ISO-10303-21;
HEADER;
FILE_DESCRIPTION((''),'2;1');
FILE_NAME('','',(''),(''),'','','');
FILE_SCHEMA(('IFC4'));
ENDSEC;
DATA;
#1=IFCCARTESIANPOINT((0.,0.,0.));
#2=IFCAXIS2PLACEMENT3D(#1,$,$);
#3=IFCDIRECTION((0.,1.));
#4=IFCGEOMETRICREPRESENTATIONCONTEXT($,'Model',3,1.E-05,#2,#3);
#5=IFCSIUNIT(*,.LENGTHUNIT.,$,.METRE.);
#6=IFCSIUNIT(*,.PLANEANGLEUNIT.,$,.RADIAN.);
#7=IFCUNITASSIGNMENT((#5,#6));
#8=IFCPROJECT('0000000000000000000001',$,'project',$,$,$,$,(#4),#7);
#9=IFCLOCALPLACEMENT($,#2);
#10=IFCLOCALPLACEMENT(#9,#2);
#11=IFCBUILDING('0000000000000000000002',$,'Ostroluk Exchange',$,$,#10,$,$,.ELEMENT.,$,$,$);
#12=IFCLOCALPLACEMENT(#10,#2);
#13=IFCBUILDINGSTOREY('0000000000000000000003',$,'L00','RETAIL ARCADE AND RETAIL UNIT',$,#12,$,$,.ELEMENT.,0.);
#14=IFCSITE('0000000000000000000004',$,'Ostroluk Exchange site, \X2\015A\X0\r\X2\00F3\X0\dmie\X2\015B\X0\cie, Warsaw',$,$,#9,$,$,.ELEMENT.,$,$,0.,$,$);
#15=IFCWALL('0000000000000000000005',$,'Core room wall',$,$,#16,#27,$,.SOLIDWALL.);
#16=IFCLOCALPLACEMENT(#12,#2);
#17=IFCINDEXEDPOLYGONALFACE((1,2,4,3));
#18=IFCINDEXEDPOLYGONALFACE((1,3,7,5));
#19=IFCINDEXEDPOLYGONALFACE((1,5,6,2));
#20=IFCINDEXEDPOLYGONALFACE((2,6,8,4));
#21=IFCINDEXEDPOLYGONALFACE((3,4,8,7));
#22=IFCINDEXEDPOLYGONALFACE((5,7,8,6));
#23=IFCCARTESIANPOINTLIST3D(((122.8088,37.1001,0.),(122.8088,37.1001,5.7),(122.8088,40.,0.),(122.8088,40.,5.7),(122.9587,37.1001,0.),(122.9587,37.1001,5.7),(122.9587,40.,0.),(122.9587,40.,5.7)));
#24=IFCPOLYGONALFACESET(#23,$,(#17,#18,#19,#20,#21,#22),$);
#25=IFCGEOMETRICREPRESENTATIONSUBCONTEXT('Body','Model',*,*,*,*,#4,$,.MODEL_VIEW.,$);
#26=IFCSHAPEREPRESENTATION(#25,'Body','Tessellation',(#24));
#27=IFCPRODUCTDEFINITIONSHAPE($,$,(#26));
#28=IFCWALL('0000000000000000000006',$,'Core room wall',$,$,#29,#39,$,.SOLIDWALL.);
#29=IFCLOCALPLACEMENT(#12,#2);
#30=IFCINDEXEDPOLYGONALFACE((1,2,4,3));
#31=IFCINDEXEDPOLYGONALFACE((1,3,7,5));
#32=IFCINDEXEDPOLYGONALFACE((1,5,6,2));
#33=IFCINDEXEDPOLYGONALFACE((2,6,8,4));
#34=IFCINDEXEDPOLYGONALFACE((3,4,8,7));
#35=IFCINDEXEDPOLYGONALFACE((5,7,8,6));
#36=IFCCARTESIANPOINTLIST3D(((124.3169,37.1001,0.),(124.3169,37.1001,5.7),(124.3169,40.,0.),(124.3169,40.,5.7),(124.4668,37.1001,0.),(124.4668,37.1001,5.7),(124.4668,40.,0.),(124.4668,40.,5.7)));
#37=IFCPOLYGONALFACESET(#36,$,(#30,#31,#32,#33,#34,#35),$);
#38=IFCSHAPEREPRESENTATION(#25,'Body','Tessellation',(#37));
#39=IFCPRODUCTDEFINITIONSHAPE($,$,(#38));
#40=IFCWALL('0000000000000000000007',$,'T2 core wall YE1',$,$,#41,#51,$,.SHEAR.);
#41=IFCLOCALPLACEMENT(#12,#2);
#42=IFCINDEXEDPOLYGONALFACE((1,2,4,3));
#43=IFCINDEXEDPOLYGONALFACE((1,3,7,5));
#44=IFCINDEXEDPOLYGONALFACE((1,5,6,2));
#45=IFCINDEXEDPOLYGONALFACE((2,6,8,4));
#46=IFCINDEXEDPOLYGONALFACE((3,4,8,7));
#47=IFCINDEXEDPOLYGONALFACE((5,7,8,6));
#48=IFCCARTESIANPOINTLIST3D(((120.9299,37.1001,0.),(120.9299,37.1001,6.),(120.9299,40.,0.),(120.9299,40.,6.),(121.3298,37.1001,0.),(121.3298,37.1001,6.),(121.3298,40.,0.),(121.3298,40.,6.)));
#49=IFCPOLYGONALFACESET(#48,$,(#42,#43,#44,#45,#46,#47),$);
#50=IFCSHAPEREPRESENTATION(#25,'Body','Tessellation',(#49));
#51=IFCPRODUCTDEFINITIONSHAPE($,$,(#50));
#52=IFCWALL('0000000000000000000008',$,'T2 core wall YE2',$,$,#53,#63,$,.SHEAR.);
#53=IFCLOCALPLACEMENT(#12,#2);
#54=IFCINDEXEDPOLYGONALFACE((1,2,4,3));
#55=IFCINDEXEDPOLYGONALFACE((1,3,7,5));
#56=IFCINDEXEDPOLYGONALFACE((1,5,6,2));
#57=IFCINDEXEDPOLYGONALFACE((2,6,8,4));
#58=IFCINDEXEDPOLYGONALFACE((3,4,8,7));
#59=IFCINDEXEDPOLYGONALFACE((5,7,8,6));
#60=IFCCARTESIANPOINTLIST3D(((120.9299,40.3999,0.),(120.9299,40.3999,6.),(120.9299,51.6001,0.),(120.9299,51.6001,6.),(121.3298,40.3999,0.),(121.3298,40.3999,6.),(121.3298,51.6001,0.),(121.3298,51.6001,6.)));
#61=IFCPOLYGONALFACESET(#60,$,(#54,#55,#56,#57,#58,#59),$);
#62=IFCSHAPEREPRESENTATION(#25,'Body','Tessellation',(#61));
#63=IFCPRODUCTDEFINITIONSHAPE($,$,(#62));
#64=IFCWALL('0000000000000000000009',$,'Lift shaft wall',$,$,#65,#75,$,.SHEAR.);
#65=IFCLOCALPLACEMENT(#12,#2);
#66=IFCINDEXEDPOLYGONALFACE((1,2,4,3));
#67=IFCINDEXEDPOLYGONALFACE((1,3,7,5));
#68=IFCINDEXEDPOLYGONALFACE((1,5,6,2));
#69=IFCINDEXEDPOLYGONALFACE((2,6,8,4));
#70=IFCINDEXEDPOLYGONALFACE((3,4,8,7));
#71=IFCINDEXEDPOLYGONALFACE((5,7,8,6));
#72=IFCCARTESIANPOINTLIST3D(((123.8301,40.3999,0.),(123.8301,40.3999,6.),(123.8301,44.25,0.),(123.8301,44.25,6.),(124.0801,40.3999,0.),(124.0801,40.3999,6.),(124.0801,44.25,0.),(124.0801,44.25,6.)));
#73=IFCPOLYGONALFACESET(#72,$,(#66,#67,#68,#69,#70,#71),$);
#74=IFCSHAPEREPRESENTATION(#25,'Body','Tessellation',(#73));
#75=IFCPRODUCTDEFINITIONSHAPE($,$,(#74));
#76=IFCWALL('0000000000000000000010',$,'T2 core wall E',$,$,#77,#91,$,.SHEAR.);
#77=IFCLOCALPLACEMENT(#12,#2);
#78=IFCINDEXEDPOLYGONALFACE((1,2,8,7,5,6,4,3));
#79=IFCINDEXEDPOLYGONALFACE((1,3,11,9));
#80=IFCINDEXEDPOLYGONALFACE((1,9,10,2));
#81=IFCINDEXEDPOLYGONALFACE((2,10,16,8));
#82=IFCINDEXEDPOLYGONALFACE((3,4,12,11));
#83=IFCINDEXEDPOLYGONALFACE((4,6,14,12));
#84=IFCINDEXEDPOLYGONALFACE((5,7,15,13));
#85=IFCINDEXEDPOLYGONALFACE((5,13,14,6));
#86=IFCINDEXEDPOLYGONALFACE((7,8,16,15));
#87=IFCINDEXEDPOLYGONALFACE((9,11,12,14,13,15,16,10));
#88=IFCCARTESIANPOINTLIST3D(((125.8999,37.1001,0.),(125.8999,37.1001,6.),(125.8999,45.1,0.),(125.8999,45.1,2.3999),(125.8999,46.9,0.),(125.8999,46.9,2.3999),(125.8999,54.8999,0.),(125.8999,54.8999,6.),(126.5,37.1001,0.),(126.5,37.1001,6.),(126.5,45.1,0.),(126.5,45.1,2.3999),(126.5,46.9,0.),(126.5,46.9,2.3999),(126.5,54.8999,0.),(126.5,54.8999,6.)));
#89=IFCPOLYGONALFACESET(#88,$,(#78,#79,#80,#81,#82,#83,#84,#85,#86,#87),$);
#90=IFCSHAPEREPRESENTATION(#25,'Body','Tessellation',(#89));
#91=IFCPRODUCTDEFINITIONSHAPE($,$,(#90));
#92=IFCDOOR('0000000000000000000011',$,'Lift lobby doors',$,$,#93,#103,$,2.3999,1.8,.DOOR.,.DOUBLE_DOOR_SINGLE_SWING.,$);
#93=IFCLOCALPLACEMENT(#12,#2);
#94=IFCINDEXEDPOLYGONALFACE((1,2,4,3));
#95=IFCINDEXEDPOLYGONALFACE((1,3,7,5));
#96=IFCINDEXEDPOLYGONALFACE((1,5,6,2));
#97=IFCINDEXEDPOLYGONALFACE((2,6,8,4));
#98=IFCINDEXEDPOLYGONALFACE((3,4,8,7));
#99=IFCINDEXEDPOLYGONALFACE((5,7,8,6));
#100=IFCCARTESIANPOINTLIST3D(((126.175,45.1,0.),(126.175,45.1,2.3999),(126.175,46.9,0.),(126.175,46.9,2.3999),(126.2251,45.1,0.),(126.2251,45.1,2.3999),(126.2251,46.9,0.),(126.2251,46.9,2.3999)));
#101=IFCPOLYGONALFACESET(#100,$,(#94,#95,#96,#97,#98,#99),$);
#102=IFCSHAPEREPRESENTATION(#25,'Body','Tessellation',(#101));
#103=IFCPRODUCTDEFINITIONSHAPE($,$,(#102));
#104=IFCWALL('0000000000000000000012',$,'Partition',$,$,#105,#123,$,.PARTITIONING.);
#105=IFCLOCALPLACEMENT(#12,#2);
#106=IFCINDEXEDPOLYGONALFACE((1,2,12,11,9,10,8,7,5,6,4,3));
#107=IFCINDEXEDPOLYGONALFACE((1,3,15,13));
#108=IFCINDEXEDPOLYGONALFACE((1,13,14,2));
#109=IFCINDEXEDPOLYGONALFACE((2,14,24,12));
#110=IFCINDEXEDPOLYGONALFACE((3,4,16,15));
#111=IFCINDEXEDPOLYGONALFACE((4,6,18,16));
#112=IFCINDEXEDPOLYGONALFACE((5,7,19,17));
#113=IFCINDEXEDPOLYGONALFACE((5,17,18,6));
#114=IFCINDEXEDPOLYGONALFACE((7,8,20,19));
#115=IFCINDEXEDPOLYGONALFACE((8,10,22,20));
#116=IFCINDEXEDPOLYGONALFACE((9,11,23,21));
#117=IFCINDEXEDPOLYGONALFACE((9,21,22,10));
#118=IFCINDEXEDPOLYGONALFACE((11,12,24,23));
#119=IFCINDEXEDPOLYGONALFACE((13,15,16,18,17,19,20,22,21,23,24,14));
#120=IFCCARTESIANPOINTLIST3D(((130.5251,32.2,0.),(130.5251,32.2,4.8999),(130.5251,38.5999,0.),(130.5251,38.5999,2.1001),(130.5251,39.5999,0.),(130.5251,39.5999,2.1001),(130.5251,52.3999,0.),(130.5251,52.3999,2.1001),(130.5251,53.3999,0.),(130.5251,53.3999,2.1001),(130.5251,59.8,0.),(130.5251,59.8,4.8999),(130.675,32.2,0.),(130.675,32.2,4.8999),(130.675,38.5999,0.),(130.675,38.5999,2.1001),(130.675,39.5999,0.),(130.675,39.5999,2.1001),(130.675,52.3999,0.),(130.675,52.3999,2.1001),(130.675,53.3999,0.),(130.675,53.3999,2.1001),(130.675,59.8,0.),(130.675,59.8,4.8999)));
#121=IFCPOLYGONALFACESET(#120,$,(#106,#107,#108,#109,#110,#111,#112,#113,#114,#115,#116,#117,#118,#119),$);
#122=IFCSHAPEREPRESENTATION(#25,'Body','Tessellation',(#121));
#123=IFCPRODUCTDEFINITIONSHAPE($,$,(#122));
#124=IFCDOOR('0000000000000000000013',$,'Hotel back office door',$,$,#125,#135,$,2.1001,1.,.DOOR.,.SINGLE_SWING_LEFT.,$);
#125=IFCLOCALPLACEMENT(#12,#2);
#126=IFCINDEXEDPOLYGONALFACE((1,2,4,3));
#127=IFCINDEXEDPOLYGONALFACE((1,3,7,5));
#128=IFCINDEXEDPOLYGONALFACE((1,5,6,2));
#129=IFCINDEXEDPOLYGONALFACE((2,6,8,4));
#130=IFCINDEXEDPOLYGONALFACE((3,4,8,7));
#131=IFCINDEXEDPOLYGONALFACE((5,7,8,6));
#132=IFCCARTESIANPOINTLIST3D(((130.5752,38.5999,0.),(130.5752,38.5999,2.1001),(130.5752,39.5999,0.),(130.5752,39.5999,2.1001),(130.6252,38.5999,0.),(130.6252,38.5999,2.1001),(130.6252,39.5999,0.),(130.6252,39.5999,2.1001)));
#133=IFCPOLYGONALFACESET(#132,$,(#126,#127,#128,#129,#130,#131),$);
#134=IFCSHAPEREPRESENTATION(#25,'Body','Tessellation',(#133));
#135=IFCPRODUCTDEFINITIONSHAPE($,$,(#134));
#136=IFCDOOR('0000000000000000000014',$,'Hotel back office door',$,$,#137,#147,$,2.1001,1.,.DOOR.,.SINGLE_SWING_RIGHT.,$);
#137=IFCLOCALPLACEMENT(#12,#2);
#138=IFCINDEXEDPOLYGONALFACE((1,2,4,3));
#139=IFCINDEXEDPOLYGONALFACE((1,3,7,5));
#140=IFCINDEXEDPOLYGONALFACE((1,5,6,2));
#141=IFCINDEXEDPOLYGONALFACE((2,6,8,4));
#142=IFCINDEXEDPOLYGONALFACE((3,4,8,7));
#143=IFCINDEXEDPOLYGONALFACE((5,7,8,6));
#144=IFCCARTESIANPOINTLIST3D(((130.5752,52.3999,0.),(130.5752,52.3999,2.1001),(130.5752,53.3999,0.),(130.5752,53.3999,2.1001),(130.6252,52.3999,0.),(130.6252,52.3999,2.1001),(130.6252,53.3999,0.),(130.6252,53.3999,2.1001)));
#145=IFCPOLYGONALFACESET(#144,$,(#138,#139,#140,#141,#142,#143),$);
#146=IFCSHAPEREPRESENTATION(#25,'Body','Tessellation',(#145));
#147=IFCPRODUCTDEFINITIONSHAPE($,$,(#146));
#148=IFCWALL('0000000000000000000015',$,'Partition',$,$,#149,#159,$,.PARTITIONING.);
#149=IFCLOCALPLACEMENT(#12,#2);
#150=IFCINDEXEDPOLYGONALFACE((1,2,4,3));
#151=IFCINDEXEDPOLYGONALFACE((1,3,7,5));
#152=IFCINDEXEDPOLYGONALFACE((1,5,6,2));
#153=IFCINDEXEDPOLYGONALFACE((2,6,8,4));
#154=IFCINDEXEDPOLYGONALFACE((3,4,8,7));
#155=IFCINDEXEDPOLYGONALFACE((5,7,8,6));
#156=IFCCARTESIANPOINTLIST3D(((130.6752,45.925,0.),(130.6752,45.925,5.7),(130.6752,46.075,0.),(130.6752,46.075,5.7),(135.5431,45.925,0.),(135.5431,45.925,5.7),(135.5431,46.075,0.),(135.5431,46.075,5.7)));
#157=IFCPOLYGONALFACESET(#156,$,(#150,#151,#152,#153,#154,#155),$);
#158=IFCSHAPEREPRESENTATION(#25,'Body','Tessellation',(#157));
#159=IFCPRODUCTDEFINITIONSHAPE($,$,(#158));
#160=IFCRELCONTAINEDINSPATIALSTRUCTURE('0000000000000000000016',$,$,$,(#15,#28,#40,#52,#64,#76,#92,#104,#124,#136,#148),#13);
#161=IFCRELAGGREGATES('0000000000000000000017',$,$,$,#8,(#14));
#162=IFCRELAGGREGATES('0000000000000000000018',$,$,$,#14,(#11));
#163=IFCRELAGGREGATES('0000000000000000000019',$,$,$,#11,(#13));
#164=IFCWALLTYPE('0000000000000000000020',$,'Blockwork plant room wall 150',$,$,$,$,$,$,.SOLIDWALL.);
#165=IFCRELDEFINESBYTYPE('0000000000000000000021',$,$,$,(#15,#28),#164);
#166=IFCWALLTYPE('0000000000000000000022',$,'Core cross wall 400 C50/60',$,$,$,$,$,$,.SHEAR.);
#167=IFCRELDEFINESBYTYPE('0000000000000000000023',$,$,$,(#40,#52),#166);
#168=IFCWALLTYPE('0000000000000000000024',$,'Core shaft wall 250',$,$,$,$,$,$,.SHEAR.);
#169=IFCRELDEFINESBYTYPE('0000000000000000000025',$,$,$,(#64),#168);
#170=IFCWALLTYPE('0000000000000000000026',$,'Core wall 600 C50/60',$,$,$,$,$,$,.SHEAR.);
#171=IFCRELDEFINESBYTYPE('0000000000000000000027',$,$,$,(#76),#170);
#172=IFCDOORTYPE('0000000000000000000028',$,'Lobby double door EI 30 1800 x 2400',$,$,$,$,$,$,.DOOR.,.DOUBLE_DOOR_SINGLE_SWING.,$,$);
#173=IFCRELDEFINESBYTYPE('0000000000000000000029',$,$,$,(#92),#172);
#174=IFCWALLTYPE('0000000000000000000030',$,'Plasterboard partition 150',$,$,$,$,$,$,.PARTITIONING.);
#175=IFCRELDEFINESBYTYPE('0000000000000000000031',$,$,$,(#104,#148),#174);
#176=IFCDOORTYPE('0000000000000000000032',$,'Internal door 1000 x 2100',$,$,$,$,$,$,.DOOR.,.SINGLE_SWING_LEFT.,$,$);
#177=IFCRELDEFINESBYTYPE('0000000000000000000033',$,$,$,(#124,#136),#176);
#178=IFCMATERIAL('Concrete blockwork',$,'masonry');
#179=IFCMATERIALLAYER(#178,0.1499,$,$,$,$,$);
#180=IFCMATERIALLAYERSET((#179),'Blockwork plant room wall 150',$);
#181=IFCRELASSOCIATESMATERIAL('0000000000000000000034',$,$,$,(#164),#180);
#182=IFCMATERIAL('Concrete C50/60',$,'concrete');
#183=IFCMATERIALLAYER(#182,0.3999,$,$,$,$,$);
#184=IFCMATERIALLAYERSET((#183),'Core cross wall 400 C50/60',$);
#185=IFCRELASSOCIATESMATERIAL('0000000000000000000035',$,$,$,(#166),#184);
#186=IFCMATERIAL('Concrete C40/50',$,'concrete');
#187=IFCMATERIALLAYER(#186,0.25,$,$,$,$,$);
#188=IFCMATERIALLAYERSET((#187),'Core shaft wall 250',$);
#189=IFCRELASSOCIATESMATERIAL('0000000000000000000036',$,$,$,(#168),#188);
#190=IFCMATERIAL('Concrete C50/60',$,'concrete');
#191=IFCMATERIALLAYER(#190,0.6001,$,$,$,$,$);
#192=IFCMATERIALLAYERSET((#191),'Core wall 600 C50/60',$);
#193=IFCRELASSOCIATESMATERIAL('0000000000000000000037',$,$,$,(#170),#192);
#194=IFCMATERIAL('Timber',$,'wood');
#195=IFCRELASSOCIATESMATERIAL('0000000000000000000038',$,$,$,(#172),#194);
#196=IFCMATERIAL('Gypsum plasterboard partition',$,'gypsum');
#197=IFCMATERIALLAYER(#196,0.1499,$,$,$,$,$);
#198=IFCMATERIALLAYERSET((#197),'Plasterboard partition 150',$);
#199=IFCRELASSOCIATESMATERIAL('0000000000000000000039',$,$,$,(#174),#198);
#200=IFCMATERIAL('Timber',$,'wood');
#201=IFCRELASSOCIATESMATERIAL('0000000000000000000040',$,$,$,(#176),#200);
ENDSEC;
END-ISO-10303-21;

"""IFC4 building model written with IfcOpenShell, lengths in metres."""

from ifc_helpers import new_model, si_unit, direction, frame, frame_2d, origin, place, context, subcontext, project, spatial, rectangle, extrude, material, layer, layer_set, type_object, element, fill, save


model = new_model("IFC4")

# Units and contexts
model_context = context("Model", 3, precision=1e-05, world=origin(), true_north=direction((0.0, 1.0)))
body_context = subcontext(model_context, "Body", "Model", "MODEL_VIEW")
ifc_project = project(units=[si_unit("LENGTHUNIT", "METRE"), si_unit("PLANEANGLEUNIT", "RADIAN")], contexts=[model_context])

# Site, building, storey
site_placement = place(None, origin())
site = spatial("IfcSite", under=ifc_project, at=site_placement, Name="Ostroluk Exchange site, Śródmieście, Warsaw", CompositionType="ELEMENT", RefElevation=0.0)
building_placement = place(site_placement, origin())
building = spatial("IfcBuilding", under=site, at=building_placement, Name="Ostroluk Exchange", CompositionType="ELEMENT")
storey_placement = place(building_placement, origin())
storey = spatial("IfcBuildingStorey", under=building, at=storey_placement, Name="L00", Description="RETAIL ARCADE AND RETAIL UNIT", CompositionType="ELEMENT", Elevation=0.0)

# Walls
ifc_material_1 = material(Name="Concrete blockwork", Category="masonry")
ifc_layer_1 = layer(ifc_material_1, 0.1499)
ifc_layer_set_1 = layer_set([ifc_layer_1], Name="Blockwork plant room wall 150")
wall_type_1 = type_object("IfcWallType", Name="Blockwork plant room wall 150", PredefinedType="SOLIDWALL", material=ifc_layer_set_1)
for number, where, z_axis, x_axis, name in (
    (1, (122.8838, 37.1001, 0.0), (0.0, 0.0, 1.0), (0.0, 1.0, 0.0), "Core room wall"),
    (2, (124.3918, 37.1001, 0.0), (0.0, 0.0, 1.0), (0.0, 1.0, 0.0), "Core room wall"),
):
    element("IfcWall", number, at=place(storey_placement, frame(where, z_axis=z_axis, x_axis=x_axis)), inside=storey, type_object=wall_type_1, Name=name, PredefinedType="SOLIDWALL", context=body_context, shape_type="SweptSolid", body=[
        extrude(rectangle(XDim=2.8999, YDim=0.1499, at=frame_2d((1.45, 0.0))), origin(), (0.0, 0.0, 1.0), 5.7),
    ])
ifc_material_2 = material(Name="Concrete C50/60", Category="concrete")
ifc_layer_2 = layer(ifc_material_2, 0.3999)
ifc_layer_set_2 = layer_set([ifc_layer_2], Name="Core cross wall 400 C50/60")
wall_type_2 = type_object("IfcWallType", Name="Core cross wall 400 C50/60", PredefinedType="SHEAR", material=ifc_layer_set_2)
wall_1_placement = place(storey_placement, frame((121.1299, 37.1001, 0.0), z_axis=(0.0, 0.0, 1.0), x_axis=(0.0, 1.0, 0.0)))
element("IfcWall", 3, at=wall_1_placement, inside=storey, type_object=wall_type_2, Name="T2 core wall YE1", PredefinedType="SHEAR", context=body_context, shape_type="SweptSolid", body=[
    extrude(rectangle(XDim=2.8999, YDim=0.3999, at=frame_2d((1.45, 0.0))), origin(), (0.0, 0.0, 1.0), 6.0),
])
wall_2_placement = place(storey_placement, frame((121.1299, 40.3999, 0.0), z_axis=(0.0, 0.0, 1.0), x_axis=(0.0, 1.0, 0.0)))
element("IfcWall", 4, at=wall_2_placement, inside=storey, type_object=wall_type_2, Name="T2 core wall YE2", PredefinedType="SHEAR", context=body_context, shape_type="SweptSolid", body=[
    extrude(rectangle(XDim=11.2002, YDim=0.3999, at=frame_2d((5.6001, 0.0))), origin(), (0.0, 0.0, 1.0), 6.0),
])
ifc_material_3 = material(Name="Concrete C40/50", Category="concrete")
ifc_layer_3 = layer(ifc_material_3, 0.25)
ifc_layer_set_3 = layer_set([ifc_layer_3], Name="Core shaft wall 250")
wall_type_3 = type_object("IfcWallType", Name="Core shaft wall 250", PredefinedType="SHEAR", material=ifc_layer_set_3)
wall_3_placement = place(storey_placement, frame((123.9551, 44.25, 0.0), z_axis=(0.0, 0.0, 1.0), x_axis=(0.0, -1.0, 0.0)))
element("IfcWall", 5, at=wall_3_placement, inside=storey, type_object=wall_type_3, Name="Lift shaft wall", PredefinedType="SHEAR", context=body_context, shape_type="SweptSolid", body=[
    extrude(rectangle(XDim=3.8501, YDim=0.25, at=frame_2d((1.925, 0.0))), origin(), (0.0, 0.0, 1.0), 6.0),
])

# Wall, opening, door
ifc_material_4 = material(Name="Concrete C50/60", Category="concrete")
ifc_layer_4 = layer(ifc_material_4, 0.6001)
ifc_layer_set_4 = layer_set([ifc_layer_4], Name="Core wall 600 C50/60")
wall_type_4 = type_object("IfcWallType", Name="Core wall 600 C50/60", PredefinedType="SHEAR", material=ifc_layer_set_4)
wall_4_placement = place(storey_placement, frame((126.2, 37.1001, 0.0), z_axis=(0.0, 0.0, 1.0), x_axis=(0.0, 1.0, 0.0)))
wall_4 = element("IfcWall", 6, at=wall_4_placement, inside=storey, type_object=wall_type_4, Name="T2 core wall E", PredefinedType="SHEAR", context=body_context, shape_type="SweptSolid", body=[
    extrude(rectangle(XDim=17.7998, YDim=0.6001, at=frame_2d((8.8999, 0.0))), origin(), (0.0, 0.0, 1.0), 6.0),
])
opening_1_placement = place(wall_4_placement, frame((8.0, 0.0, 0.0)))
opening_1 = element("IfcOpeningElement", 7, at=opening_1_placement, cuts=wall_4, PredefinedType="OPENING", context=body_context, shape_type="SweptSolid", body=[
    extrude(rectangle(XDim=1.8, YDim=2.3999, at=frame_2d((0.8999, 1.2))), frame((0.0, 0.3101, 0.0), z_axis=(0.0, -1.0, 0.0), x_axis=(1.0, 0.0, 0.0)), (0.0, 0.0, 1.0), 0.6201),
])
ifc_material_5 = material(Name="Timber", Category="wood")
door_type_1 = type_object("IfcDoorType", Name="Lobby double door EI 30 1800 x 2400", OperationType="DOUBLE_DOOR_SINGLE_SWING", PredefinedType="DOOR", material=ifc_material_5)
door_1_placement = place(opening_1_placement, origin())
door_1 = element("IfcDoor", 8, at=door_1_placement, inside=storey, type_object=door_type_1, Name="Lift lobby doors", OperationType="DOUBLE_DOOR_SINGLE_SWING", OverallHeight=2.3999, OverallWidth=1.8, PredefinedType="DOOR", context=body_context, shape_type="SweptSolid", body=[
    extrude(rectangle(XDim=1.8, YDim=2.3999, at=frame_2d((0.8999, 1.2))), frame((0.0, 0.0249, 0.0), z_axis=(0.0, -1.0, 0.0), x_axis=(1.0, 0.0, 0.0)), (0.0, 0.0, 1.0), 0.05),
])
fill(opening_1, door_1)

# Wall, openings, doors
ifc_material_6 = material(Name="Gypsum plasterboard partition", Category="gypsum")
ifc_layer_5 = layer(ifc_material_6, 0.1499)
ifc_layer_set_5 = layer_set([ifc_layer_5], Name="Plasterboard partition 150")
wall_type_5 = type_object("IfcWallType", Name="Plasterboard partition 150", PredefinedType="PARTITIONING", material=ifc_layer_set_5)
wall_5_placement = place(storey_placement, frame((130.6001, 32.2, 0.0), z_axis=(0.0, 0.0, 1.0), x_axis=(0.0, 1.0, 0.0)))
wall_5 = element("IfcWall", 9, at=wall_5_placement, inside=storey, type_object=wall_type_5, Name="Partition", PredefinedType="PARTITIONING", context=body_context, shape_type="SweptSolid", body=[
    extrude(rectangle(XDim=27.6001, YDim=0.1499, at=frame_2d((13.8, 0.0))), origin(), (0.0, 0.0, 1.0), 4.8999),
])
opening_2_placement = place(wall_5_placement, frame((6.3999, 0.0, 0.0)))
opening_2 = element("IfcOpeningElement", 10, at=opening_2_placement, cuts=wall_5, PredefinedType="OPENING", context=body_context, shape_type="SweptSolid", body=[
    extrude(rectangle(XDim=1.0, YDim=2.1001, at=frame_2d((0.5, 1.05))), frame((0.0, 0.085, 0.0), z_axis=(0.0, -1.0, 0.0), x_axis=(1.0, 0.0, 0.0)), (0.0, 0.0, 1.0), 0.1699),
])
opening_3_placement = place(wall_5_placement, frame((20.2, 0.0, 0.0)))
opening_3 = element("IfcOpeningElement", 11, at=opening_3_placement, cuts=wall_5, PredefinedType="OPENING", context=body_context, shape_type="SweptSolid", body=[
    extrude(rectangle(XDim=1.0, YDim=2.1001, at=frame_2d((0.5, 1.05))), frame((0.0, 0.085, 0.0), z_axis=(0.0, -1.0, 0.0), x_axis=(1.0, 0.0, 0.0)), (0.0, 0.0, 1.0), 0.1699),
])
ifc_material_7 = material(Name="Timber", Category="wood")
door_type_2 = type_object("IfcDoorType", Name="Internal door 1000 x 2100", OperationType="SINGLE_SWING_LEFT", PredefinedType="DOOR", material=ifc_material_7)
door_2_placement = place(opening_2_placement, origin())
door_2 = element("IfcDoor", 12, at=door_2_placement, inside=storey, type_object=door_type_2, Name="Hotel back office door", OperationType="SINGLE_SWING_LEFT", OverallHeight=2.1001, OverallWidth=1.0, PredefinedType="DOOR", context=body_context, shape_type="SweptSolid", body=[
    extrude(rectangle(XDim=1.0, YDim=2.1001, at=frame_2d((0.5, 1.05))), frame((0.0, 0.0249, 0.0), z_axis=(0.0, -1.0, 0.0), x_axis=(1.0, 0.0, 0.0)), (0.0, 0.0, 1.0), 0.05),
])
fill(opening_2, door_2)
door_3_placement = place(opening_3_placement, origin())
door_3 = element("IfcDoor", 13, at=door_3_placement, inside=storey, type_object=door_type_2, Name="Hotel back office door", OperationType="SINGLE_SWING_RIGHT", OverallHeight=2.1001, OverallWidth=1.0, PredefinedType="DOOR", context=body_context, shape_type="SweptSolid", body=[
    extrude(rectangle(XDim=1.0, YDim=2.1001, at=frame_2d((0.5, 1.05))), frame((0.0, 0.0249, 0.0), z_axis=(0.0, -1.0, 0.0), x_axis=(1.0, 0.0, 0.0)), (0.0, 0.0, 1.0), 0.05),
])
fill(opening_3, door_3)

# Wall
wall_6_placement = place(storey_placement, frame((130.675, 46.0, 0.0), z_axis=(0.0, 0.0, 1.0), x_axis=(1.0, 0.0, 0.0)))
element("IfcWall", 14, at=wall_6_placement, inside=storey, type_object=wall_type_5, Name="Partition", PredefinedType="PARTITIONING", context=body_context, shape_type="SweptSolid", body=[
    extrude(rectangle(XDim=4.8679, YDim=0.1499, at=frame_2d((2.4341, 0.0))), origin(), (0.0, 0.0, 1.0), 5.7),
])

save(model, "model.ifc")
